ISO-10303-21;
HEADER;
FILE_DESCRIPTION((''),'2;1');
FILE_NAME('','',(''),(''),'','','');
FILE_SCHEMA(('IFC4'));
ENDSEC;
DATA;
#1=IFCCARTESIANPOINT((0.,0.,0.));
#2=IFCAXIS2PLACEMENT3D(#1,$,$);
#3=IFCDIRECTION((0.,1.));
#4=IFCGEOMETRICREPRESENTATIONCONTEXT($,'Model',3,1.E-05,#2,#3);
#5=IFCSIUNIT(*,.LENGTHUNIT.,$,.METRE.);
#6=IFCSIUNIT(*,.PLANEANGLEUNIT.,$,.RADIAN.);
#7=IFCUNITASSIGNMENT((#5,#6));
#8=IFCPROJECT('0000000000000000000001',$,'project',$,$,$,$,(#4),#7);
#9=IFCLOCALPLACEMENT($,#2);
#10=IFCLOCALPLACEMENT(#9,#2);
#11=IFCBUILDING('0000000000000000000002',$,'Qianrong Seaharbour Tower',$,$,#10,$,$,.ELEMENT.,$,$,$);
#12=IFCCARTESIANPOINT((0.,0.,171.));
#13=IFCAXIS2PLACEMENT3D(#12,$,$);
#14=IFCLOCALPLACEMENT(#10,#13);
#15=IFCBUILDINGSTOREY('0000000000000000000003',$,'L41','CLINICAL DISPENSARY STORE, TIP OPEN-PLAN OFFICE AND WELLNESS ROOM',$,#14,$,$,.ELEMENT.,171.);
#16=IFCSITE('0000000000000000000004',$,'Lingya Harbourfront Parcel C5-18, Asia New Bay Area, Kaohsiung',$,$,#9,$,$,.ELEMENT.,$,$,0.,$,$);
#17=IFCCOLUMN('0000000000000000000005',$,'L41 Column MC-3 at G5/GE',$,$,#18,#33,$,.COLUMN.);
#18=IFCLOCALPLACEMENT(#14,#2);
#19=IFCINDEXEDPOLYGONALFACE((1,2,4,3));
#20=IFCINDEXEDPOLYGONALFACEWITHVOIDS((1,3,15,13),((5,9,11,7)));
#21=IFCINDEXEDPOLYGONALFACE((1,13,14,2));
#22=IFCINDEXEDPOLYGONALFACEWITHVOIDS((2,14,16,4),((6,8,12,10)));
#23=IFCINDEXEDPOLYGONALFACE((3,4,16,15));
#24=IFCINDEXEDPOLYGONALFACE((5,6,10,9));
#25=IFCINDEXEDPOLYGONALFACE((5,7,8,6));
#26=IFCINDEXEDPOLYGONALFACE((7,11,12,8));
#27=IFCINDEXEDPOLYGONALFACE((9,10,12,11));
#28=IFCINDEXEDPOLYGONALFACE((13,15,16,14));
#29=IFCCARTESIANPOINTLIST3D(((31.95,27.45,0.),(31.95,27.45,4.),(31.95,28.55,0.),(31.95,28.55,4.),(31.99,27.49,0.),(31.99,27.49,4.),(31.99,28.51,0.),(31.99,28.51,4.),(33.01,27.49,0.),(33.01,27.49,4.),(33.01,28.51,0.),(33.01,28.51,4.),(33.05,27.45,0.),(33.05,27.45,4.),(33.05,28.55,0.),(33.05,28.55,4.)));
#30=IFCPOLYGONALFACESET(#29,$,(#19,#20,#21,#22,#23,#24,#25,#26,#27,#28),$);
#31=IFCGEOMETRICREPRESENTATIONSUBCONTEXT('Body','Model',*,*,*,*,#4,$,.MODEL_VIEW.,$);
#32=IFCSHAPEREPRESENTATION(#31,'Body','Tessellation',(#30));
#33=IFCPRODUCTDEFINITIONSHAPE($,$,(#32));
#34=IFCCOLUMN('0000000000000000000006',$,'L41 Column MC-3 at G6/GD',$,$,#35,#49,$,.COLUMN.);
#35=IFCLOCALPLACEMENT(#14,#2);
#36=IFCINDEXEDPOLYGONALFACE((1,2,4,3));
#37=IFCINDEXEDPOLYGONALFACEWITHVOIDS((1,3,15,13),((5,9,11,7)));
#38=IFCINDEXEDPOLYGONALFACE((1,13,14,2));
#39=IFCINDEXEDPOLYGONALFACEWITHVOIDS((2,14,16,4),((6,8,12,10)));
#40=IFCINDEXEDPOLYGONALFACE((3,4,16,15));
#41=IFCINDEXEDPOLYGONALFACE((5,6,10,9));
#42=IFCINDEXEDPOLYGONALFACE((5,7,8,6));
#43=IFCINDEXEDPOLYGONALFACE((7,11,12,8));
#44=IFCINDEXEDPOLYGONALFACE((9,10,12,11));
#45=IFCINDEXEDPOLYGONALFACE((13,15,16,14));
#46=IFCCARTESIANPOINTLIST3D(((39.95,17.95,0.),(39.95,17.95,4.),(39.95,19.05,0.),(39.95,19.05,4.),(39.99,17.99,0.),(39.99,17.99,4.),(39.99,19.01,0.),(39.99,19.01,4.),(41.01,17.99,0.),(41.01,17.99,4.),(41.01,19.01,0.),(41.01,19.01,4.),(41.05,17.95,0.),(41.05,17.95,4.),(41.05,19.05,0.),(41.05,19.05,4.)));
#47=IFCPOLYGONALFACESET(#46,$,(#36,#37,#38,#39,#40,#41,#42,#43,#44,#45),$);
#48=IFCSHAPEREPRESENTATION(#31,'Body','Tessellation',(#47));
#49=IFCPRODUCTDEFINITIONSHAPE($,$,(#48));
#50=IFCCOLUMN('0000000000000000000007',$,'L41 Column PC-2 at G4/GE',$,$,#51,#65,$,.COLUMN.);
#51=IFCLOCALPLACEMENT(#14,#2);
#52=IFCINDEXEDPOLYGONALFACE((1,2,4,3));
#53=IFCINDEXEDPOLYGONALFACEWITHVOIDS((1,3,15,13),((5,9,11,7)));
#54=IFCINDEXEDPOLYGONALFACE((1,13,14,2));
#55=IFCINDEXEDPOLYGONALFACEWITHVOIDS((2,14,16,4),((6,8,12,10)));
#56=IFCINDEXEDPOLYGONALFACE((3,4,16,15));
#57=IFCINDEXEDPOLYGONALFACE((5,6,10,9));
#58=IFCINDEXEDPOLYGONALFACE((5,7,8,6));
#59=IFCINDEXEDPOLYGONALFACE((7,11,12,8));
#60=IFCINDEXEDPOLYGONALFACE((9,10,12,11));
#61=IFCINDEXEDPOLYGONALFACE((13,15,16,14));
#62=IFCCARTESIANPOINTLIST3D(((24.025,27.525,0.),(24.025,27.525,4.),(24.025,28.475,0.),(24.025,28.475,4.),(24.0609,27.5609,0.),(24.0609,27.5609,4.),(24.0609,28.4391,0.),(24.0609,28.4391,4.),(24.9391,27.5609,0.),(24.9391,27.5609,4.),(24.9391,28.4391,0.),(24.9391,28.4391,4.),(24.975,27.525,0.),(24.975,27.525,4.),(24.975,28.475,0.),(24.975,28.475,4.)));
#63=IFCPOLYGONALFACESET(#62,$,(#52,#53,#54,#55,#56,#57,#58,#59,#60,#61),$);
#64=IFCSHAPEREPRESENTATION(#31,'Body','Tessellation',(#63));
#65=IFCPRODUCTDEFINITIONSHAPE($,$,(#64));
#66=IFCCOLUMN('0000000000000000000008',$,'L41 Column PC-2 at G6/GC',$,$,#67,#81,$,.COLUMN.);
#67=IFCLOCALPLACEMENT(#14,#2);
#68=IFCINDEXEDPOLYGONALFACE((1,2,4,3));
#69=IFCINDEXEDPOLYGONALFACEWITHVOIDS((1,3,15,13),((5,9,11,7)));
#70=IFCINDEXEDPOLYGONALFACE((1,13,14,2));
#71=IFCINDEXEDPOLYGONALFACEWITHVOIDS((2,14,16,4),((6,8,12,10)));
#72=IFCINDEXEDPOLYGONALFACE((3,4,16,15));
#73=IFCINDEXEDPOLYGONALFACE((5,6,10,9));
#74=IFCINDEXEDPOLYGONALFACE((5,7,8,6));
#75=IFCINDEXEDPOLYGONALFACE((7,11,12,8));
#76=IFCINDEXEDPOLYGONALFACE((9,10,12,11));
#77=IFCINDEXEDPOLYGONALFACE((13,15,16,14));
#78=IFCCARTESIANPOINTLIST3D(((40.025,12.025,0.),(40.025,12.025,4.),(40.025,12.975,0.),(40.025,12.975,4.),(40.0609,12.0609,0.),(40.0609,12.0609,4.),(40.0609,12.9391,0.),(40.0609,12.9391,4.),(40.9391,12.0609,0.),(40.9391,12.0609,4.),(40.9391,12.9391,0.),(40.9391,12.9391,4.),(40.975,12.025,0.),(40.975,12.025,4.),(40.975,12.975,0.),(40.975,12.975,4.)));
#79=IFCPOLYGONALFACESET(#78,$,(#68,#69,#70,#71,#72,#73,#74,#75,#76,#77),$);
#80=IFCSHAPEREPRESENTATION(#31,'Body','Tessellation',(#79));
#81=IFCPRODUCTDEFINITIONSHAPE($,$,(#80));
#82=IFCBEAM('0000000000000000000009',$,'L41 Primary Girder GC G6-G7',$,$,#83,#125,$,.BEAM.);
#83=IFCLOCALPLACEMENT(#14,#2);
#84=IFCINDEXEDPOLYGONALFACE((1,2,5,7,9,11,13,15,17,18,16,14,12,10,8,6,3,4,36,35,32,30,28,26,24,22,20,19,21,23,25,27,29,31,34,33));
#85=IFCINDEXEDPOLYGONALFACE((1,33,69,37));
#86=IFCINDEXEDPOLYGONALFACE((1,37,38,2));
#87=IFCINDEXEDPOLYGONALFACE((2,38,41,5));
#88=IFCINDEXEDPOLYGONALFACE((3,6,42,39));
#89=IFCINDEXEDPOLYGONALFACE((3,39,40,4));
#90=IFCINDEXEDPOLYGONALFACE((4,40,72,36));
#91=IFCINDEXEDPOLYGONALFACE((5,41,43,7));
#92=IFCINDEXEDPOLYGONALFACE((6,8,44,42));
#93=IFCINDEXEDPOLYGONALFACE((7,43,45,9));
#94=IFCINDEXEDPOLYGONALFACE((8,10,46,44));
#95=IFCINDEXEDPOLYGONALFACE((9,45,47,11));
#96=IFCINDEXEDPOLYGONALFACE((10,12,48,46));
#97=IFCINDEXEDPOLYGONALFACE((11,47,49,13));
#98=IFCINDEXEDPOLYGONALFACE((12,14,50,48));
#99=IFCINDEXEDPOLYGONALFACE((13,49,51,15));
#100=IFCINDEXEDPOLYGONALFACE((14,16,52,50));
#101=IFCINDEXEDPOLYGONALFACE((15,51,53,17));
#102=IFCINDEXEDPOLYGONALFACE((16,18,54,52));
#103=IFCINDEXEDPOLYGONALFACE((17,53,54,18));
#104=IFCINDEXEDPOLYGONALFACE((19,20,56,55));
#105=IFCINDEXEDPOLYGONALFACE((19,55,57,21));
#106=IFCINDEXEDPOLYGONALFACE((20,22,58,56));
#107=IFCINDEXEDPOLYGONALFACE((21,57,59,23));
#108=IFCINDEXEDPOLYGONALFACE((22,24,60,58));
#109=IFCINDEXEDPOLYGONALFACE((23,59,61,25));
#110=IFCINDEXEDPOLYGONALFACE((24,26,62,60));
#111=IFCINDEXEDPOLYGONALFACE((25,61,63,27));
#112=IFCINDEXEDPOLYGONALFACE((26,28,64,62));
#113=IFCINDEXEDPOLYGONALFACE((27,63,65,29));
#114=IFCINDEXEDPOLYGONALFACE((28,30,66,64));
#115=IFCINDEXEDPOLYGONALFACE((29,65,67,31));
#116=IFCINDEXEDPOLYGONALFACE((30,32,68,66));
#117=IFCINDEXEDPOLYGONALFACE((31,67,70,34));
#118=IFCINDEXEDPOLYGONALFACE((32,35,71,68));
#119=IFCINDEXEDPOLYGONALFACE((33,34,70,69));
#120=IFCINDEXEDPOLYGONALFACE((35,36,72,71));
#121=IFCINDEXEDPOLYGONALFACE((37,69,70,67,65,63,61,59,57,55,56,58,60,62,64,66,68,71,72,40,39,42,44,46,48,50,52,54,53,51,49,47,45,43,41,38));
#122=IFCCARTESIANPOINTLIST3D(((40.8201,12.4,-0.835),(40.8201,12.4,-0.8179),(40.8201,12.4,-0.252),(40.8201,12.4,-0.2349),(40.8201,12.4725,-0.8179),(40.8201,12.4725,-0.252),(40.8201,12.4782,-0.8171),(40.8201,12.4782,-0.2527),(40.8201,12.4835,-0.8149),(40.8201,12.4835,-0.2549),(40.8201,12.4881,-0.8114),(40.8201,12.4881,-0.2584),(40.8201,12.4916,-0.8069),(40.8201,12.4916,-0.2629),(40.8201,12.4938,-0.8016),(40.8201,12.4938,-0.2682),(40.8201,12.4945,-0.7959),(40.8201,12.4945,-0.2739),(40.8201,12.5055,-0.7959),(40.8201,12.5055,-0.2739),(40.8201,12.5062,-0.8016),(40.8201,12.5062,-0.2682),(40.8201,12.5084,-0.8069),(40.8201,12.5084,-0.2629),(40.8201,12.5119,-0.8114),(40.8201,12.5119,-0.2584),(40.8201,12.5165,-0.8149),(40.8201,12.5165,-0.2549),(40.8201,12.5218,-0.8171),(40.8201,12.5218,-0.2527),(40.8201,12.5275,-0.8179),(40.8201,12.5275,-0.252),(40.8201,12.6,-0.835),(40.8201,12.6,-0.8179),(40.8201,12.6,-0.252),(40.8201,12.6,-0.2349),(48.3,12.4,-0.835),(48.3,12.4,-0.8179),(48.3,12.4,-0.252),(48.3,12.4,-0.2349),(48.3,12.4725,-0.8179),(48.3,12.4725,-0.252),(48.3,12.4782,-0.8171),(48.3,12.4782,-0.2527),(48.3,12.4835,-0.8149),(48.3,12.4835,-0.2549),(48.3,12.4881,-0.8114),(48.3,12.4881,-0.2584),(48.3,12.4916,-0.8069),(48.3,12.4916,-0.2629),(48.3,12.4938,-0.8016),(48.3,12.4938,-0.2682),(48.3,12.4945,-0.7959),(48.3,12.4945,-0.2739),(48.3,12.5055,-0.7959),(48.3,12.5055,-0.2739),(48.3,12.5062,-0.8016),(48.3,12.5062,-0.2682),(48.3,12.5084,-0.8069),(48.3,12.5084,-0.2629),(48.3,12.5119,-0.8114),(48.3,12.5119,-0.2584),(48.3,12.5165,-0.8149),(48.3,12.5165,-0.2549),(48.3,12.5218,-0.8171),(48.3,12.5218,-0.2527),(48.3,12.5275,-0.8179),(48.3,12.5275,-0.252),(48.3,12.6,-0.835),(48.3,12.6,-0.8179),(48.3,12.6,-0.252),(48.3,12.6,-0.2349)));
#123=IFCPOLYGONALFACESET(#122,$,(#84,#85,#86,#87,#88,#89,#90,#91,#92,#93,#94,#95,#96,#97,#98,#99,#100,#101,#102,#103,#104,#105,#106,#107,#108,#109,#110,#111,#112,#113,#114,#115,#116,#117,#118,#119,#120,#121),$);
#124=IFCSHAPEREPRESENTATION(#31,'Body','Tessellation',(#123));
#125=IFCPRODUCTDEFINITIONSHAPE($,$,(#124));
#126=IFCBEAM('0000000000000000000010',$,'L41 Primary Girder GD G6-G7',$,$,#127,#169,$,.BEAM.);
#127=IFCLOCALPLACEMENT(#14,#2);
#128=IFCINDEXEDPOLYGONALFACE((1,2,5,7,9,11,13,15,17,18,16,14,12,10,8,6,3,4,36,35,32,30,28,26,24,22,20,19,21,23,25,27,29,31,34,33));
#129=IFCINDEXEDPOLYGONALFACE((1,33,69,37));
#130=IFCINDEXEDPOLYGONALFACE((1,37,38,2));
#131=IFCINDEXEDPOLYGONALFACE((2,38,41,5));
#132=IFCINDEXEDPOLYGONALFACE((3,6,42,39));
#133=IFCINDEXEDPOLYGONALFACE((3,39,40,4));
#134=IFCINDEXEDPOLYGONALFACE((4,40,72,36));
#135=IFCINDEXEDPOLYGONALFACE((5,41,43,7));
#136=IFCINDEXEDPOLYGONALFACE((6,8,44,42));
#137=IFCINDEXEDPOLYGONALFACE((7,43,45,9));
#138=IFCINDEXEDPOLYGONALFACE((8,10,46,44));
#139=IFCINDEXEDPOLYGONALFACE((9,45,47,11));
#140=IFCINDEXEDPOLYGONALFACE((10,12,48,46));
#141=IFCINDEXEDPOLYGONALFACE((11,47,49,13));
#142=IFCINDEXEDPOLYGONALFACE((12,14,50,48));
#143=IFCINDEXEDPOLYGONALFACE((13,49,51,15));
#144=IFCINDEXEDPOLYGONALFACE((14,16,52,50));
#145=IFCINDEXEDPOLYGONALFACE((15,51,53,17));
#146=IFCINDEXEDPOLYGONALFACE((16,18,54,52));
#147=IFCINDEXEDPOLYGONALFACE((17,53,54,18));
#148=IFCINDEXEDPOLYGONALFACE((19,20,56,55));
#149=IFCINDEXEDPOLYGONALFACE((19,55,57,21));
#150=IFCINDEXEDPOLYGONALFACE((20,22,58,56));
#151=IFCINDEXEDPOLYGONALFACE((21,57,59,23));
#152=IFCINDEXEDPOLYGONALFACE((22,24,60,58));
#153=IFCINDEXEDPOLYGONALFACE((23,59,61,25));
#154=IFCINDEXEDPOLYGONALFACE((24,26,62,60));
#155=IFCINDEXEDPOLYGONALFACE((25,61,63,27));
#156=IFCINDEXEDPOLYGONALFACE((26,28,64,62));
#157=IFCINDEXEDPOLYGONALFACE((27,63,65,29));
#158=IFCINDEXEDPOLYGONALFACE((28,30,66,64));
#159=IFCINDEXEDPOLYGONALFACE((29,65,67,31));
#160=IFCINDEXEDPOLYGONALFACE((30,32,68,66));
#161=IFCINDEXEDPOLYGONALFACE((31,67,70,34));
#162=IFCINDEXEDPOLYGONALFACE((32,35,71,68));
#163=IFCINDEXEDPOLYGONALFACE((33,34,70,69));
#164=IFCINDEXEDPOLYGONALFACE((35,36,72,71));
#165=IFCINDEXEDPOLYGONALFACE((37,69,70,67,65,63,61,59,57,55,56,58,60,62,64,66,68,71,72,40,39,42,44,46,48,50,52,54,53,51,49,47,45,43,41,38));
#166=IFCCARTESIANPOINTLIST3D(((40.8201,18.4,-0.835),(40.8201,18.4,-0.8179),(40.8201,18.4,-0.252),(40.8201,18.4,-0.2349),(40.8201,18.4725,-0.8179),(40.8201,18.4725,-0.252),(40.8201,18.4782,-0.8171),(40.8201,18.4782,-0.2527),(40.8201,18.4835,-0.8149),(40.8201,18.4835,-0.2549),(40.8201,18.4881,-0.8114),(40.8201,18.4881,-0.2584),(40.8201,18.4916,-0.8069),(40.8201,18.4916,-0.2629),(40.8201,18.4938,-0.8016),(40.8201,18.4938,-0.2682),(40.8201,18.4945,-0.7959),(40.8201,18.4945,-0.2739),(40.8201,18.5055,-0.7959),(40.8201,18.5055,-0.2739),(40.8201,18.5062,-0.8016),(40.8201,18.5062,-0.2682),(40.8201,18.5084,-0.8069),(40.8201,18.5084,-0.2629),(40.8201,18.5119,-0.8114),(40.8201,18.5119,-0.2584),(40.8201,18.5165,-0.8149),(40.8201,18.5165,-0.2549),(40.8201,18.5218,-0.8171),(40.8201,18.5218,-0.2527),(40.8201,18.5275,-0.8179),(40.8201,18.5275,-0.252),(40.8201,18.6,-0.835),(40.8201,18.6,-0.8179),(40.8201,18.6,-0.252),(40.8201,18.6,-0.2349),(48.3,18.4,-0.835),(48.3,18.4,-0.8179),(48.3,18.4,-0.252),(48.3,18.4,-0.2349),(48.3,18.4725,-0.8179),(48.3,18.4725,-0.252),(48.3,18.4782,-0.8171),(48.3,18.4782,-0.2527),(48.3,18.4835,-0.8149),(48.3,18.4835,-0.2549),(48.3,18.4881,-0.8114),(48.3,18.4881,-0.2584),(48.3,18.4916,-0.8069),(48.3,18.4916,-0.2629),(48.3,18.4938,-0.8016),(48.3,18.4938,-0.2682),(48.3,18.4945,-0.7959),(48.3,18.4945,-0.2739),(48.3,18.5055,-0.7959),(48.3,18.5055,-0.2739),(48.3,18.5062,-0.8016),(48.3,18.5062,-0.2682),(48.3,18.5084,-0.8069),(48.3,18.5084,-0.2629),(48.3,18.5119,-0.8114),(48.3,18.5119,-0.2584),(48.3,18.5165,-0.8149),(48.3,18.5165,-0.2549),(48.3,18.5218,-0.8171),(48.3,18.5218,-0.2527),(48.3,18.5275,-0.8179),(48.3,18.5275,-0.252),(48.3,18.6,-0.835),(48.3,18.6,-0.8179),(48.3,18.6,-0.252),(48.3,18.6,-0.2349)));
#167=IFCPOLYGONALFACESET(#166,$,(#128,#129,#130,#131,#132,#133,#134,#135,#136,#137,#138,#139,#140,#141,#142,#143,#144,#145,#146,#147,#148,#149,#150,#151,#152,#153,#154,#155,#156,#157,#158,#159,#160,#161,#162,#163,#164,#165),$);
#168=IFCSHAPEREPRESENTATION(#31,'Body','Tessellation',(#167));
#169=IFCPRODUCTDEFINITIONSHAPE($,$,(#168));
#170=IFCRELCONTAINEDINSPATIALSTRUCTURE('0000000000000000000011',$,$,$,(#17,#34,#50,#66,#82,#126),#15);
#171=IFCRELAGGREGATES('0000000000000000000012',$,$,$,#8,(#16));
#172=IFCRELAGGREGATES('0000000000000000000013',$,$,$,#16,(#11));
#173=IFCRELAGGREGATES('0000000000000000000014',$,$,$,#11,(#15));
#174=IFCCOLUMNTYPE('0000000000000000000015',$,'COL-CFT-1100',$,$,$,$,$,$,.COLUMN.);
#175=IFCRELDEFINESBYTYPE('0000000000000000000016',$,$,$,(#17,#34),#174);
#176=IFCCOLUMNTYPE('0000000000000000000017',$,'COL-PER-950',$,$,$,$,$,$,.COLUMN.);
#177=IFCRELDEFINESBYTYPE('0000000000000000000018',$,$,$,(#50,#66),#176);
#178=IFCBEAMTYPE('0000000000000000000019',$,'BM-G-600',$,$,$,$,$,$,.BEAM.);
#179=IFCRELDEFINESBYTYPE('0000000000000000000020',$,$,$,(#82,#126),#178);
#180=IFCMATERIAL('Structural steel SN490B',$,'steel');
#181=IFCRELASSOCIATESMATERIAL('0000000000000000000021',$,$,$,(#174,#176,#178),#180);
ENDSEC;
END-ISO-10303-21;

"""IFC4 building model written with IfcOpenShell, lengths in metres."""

from ifc_helpers import new_model, si_unit, direction, frame, origin, origin_2d, place, context, subcontext, project, spatial, hollow_rectangle, i_section, extrude, material, material_profile, profile_set, type_object, element, save


model = new_model("IFC4")

# Units and contexts
model_context = context("Model", 3, precision=1e-05, world=origin(), true_north=direction((0.0, 1.0)))
body_context = subcontext(model_context, "Body", "Model", "MODEL_VIEW")
ifc_project = project(units=[si_unit("LENGTHUNIT", "METRE"), si_unit("PLANEANGLEUNIT", "RADIAN")], contexts=[model_context])

# Site, building, storey
site_placement = place(None, origin())
site = spatial("IfcSite", under=ifc_project, at=site_placement, Name="Lingya Harbourfront Parcel C5-18, Asia New Bay Area, Kaohsiung", CompositionType="ELEMENT", RefElevation=0.0)
building_placement = place(site_placement, origin())
building = spatial("IfcBuilding", under=site, at=building_placement, Name="Qianrong Seaharbour Tower", CompositionType="ELEMENT")
storey_placement = place(building_placement, frame((0.0, 0.0, 171.0)))
storey = spatial("IfcBuildingStorey", under=building, at=storey_placement, Name="L41", Description="CLINICAL DISPENSARY STORE, TIP OPEN-PLAN OFFICE AND WELLNESS ROOM", CompositionType="ELEMENT", Elevation=171.0)

# Columns
ifc_material_1 = material(Name="Structural steel SN490B", Category="steel")
ifc_material_profile_1 = material_profile(ifc_material_1, hollow_rectangle(XDim=1.1001, YDim=1.1001, WallThickness=0.04, at=origin_2d()), Name="BOX1100x1100x40")
ifc_profile_set_1 = profile_set([ifc_material_profile_1], Name="Structural steel SN490B")
column_type_1 = type_object("IfcColumnType", Name="COL-CFT-1100", PredefinedType="COLUMN", material=ifc_profile_set_1)
for number, where, z_axis, x_axis, name in (
    (1, (32.5, 28.0, 0.0), (0.0, 0.0, 1.0), (1.0, 0.0, 0.0), "L41 Column MC-3 at G5/GE"),
    (2, (40.5, 18.5, 0.0), (0.0, 0.0, 1.0), (1.0, 0.0, 0.0), "L41 Column MC-3 at G6/GD"),
):
    element("IfcColumn", number, at=place(storey_placement, frame(where, z_axis=z_axis, x_axis=x_axis)), inside=storey, type_object=column_type_1, Name=name, PredefinedType="COLUMN", context=body_context, shape_type="SweptSolid", body=[
        extrude(hollow_rectangle(XDim=1.1001, YDim=1.1001, WallThickness=0.04, at=origin_2d()), origin(), (0.0, 0.0, 1.0), 4.0),
    ])
ifc_material_profile_2 = material_profile(ifc_material_1, hollow_rectangle(XDim=0.95, YDim=0.95, WallThickness=0.0359, at=origin_2d()), Name="BOX950x950x36")
ifc_profile_set_2 = profile_set([ifc_material_profile_2], Name="Structural steel SN490B")
column_type_2 = type_object("IfcColumnType", Name="COL-PER-950", PredefinedType="COLUMN", material=ifc_profile_set_2)
for number, where, z_axis, x_axis, name in (
    (3, (24.5, 28.0, 0.0), (0.0, 0.0, 1.0), (1.0, 0.0, 0.0), "L41 Column PC-2 at G4/GE"),
    (4, (40.5, 12.5, 0.0), (0.0, 0.0, 1.0), (1.0, 0.0, 0.0), "L41 Column PC-2 at G6/GC"),
):
    element("IfcColumn", number, at=place(storey_placement, frame(where, z_axis=z_axis, x_axis=x_axis)), inside=storey, type_object=column_type_2, Name=name, PredefinedType="COLUMN", context=body_context, shape_type="SweptSolid", body=[
        extrude(hollow_rectangle(XDim=0.95, YDim=0.95, WallThickness=0.0359, at=origin_2d()), origin(), (0.0, 0.0, 1.0), 4.0),
    ])

# Beams
ifc_material_profile_3 = material_profile(ifc_material_1, i_section(OverallWidth=0.2, OverallDepth=0.6001, WebThickness=0.011, FlangeThickness=0.0171, FilletRadius=0.022, at=origin_2d()), Name="H600x200x11x17")
ifc_profile_set_3 = profile_set([ifc_material_profile_3], Name="Structural steel SN490B")
beam_type_1 = type_object("IfcBeamType", Name="BM-G-600", PredefinedType="BEAM", material=ifc_profile_set_3)
for number, where, z_axis, x_axis, name in (
    (5, (40.8201, 12.5, -0.5349), (1.0, 0.0, 0.0), (0.0, 1.0, 0.0), "L41 Primary Girder GC G6-G7"),
    (6, (40.8201, 18.5, -0.5349), (1.0, 0.0, 0.0), (0.0, 1.0, 0.0), "L41 Primary Girder GD G6-G7"),
):
    element("IfcBeam", number, at=place(storey_placement, frame(where, z_axis=z_axis, x_axis=x_axis)), inside=storey, type_object=beam_type_1, Name=name, PredefinedType="BEAM", context=body_context, shape_type="SweptSolid", body=[
        extrude(i_section(OverallWidth=0.2, OverallDepth=0.6001, WebThickness=0.011, FlangeThickness=0.0171, FilletRadius=0.022, at=origin_2d()), origin(), (0.0, 0.0, 1.0), 7.48),
    ])

save(model, "model.ifc")
